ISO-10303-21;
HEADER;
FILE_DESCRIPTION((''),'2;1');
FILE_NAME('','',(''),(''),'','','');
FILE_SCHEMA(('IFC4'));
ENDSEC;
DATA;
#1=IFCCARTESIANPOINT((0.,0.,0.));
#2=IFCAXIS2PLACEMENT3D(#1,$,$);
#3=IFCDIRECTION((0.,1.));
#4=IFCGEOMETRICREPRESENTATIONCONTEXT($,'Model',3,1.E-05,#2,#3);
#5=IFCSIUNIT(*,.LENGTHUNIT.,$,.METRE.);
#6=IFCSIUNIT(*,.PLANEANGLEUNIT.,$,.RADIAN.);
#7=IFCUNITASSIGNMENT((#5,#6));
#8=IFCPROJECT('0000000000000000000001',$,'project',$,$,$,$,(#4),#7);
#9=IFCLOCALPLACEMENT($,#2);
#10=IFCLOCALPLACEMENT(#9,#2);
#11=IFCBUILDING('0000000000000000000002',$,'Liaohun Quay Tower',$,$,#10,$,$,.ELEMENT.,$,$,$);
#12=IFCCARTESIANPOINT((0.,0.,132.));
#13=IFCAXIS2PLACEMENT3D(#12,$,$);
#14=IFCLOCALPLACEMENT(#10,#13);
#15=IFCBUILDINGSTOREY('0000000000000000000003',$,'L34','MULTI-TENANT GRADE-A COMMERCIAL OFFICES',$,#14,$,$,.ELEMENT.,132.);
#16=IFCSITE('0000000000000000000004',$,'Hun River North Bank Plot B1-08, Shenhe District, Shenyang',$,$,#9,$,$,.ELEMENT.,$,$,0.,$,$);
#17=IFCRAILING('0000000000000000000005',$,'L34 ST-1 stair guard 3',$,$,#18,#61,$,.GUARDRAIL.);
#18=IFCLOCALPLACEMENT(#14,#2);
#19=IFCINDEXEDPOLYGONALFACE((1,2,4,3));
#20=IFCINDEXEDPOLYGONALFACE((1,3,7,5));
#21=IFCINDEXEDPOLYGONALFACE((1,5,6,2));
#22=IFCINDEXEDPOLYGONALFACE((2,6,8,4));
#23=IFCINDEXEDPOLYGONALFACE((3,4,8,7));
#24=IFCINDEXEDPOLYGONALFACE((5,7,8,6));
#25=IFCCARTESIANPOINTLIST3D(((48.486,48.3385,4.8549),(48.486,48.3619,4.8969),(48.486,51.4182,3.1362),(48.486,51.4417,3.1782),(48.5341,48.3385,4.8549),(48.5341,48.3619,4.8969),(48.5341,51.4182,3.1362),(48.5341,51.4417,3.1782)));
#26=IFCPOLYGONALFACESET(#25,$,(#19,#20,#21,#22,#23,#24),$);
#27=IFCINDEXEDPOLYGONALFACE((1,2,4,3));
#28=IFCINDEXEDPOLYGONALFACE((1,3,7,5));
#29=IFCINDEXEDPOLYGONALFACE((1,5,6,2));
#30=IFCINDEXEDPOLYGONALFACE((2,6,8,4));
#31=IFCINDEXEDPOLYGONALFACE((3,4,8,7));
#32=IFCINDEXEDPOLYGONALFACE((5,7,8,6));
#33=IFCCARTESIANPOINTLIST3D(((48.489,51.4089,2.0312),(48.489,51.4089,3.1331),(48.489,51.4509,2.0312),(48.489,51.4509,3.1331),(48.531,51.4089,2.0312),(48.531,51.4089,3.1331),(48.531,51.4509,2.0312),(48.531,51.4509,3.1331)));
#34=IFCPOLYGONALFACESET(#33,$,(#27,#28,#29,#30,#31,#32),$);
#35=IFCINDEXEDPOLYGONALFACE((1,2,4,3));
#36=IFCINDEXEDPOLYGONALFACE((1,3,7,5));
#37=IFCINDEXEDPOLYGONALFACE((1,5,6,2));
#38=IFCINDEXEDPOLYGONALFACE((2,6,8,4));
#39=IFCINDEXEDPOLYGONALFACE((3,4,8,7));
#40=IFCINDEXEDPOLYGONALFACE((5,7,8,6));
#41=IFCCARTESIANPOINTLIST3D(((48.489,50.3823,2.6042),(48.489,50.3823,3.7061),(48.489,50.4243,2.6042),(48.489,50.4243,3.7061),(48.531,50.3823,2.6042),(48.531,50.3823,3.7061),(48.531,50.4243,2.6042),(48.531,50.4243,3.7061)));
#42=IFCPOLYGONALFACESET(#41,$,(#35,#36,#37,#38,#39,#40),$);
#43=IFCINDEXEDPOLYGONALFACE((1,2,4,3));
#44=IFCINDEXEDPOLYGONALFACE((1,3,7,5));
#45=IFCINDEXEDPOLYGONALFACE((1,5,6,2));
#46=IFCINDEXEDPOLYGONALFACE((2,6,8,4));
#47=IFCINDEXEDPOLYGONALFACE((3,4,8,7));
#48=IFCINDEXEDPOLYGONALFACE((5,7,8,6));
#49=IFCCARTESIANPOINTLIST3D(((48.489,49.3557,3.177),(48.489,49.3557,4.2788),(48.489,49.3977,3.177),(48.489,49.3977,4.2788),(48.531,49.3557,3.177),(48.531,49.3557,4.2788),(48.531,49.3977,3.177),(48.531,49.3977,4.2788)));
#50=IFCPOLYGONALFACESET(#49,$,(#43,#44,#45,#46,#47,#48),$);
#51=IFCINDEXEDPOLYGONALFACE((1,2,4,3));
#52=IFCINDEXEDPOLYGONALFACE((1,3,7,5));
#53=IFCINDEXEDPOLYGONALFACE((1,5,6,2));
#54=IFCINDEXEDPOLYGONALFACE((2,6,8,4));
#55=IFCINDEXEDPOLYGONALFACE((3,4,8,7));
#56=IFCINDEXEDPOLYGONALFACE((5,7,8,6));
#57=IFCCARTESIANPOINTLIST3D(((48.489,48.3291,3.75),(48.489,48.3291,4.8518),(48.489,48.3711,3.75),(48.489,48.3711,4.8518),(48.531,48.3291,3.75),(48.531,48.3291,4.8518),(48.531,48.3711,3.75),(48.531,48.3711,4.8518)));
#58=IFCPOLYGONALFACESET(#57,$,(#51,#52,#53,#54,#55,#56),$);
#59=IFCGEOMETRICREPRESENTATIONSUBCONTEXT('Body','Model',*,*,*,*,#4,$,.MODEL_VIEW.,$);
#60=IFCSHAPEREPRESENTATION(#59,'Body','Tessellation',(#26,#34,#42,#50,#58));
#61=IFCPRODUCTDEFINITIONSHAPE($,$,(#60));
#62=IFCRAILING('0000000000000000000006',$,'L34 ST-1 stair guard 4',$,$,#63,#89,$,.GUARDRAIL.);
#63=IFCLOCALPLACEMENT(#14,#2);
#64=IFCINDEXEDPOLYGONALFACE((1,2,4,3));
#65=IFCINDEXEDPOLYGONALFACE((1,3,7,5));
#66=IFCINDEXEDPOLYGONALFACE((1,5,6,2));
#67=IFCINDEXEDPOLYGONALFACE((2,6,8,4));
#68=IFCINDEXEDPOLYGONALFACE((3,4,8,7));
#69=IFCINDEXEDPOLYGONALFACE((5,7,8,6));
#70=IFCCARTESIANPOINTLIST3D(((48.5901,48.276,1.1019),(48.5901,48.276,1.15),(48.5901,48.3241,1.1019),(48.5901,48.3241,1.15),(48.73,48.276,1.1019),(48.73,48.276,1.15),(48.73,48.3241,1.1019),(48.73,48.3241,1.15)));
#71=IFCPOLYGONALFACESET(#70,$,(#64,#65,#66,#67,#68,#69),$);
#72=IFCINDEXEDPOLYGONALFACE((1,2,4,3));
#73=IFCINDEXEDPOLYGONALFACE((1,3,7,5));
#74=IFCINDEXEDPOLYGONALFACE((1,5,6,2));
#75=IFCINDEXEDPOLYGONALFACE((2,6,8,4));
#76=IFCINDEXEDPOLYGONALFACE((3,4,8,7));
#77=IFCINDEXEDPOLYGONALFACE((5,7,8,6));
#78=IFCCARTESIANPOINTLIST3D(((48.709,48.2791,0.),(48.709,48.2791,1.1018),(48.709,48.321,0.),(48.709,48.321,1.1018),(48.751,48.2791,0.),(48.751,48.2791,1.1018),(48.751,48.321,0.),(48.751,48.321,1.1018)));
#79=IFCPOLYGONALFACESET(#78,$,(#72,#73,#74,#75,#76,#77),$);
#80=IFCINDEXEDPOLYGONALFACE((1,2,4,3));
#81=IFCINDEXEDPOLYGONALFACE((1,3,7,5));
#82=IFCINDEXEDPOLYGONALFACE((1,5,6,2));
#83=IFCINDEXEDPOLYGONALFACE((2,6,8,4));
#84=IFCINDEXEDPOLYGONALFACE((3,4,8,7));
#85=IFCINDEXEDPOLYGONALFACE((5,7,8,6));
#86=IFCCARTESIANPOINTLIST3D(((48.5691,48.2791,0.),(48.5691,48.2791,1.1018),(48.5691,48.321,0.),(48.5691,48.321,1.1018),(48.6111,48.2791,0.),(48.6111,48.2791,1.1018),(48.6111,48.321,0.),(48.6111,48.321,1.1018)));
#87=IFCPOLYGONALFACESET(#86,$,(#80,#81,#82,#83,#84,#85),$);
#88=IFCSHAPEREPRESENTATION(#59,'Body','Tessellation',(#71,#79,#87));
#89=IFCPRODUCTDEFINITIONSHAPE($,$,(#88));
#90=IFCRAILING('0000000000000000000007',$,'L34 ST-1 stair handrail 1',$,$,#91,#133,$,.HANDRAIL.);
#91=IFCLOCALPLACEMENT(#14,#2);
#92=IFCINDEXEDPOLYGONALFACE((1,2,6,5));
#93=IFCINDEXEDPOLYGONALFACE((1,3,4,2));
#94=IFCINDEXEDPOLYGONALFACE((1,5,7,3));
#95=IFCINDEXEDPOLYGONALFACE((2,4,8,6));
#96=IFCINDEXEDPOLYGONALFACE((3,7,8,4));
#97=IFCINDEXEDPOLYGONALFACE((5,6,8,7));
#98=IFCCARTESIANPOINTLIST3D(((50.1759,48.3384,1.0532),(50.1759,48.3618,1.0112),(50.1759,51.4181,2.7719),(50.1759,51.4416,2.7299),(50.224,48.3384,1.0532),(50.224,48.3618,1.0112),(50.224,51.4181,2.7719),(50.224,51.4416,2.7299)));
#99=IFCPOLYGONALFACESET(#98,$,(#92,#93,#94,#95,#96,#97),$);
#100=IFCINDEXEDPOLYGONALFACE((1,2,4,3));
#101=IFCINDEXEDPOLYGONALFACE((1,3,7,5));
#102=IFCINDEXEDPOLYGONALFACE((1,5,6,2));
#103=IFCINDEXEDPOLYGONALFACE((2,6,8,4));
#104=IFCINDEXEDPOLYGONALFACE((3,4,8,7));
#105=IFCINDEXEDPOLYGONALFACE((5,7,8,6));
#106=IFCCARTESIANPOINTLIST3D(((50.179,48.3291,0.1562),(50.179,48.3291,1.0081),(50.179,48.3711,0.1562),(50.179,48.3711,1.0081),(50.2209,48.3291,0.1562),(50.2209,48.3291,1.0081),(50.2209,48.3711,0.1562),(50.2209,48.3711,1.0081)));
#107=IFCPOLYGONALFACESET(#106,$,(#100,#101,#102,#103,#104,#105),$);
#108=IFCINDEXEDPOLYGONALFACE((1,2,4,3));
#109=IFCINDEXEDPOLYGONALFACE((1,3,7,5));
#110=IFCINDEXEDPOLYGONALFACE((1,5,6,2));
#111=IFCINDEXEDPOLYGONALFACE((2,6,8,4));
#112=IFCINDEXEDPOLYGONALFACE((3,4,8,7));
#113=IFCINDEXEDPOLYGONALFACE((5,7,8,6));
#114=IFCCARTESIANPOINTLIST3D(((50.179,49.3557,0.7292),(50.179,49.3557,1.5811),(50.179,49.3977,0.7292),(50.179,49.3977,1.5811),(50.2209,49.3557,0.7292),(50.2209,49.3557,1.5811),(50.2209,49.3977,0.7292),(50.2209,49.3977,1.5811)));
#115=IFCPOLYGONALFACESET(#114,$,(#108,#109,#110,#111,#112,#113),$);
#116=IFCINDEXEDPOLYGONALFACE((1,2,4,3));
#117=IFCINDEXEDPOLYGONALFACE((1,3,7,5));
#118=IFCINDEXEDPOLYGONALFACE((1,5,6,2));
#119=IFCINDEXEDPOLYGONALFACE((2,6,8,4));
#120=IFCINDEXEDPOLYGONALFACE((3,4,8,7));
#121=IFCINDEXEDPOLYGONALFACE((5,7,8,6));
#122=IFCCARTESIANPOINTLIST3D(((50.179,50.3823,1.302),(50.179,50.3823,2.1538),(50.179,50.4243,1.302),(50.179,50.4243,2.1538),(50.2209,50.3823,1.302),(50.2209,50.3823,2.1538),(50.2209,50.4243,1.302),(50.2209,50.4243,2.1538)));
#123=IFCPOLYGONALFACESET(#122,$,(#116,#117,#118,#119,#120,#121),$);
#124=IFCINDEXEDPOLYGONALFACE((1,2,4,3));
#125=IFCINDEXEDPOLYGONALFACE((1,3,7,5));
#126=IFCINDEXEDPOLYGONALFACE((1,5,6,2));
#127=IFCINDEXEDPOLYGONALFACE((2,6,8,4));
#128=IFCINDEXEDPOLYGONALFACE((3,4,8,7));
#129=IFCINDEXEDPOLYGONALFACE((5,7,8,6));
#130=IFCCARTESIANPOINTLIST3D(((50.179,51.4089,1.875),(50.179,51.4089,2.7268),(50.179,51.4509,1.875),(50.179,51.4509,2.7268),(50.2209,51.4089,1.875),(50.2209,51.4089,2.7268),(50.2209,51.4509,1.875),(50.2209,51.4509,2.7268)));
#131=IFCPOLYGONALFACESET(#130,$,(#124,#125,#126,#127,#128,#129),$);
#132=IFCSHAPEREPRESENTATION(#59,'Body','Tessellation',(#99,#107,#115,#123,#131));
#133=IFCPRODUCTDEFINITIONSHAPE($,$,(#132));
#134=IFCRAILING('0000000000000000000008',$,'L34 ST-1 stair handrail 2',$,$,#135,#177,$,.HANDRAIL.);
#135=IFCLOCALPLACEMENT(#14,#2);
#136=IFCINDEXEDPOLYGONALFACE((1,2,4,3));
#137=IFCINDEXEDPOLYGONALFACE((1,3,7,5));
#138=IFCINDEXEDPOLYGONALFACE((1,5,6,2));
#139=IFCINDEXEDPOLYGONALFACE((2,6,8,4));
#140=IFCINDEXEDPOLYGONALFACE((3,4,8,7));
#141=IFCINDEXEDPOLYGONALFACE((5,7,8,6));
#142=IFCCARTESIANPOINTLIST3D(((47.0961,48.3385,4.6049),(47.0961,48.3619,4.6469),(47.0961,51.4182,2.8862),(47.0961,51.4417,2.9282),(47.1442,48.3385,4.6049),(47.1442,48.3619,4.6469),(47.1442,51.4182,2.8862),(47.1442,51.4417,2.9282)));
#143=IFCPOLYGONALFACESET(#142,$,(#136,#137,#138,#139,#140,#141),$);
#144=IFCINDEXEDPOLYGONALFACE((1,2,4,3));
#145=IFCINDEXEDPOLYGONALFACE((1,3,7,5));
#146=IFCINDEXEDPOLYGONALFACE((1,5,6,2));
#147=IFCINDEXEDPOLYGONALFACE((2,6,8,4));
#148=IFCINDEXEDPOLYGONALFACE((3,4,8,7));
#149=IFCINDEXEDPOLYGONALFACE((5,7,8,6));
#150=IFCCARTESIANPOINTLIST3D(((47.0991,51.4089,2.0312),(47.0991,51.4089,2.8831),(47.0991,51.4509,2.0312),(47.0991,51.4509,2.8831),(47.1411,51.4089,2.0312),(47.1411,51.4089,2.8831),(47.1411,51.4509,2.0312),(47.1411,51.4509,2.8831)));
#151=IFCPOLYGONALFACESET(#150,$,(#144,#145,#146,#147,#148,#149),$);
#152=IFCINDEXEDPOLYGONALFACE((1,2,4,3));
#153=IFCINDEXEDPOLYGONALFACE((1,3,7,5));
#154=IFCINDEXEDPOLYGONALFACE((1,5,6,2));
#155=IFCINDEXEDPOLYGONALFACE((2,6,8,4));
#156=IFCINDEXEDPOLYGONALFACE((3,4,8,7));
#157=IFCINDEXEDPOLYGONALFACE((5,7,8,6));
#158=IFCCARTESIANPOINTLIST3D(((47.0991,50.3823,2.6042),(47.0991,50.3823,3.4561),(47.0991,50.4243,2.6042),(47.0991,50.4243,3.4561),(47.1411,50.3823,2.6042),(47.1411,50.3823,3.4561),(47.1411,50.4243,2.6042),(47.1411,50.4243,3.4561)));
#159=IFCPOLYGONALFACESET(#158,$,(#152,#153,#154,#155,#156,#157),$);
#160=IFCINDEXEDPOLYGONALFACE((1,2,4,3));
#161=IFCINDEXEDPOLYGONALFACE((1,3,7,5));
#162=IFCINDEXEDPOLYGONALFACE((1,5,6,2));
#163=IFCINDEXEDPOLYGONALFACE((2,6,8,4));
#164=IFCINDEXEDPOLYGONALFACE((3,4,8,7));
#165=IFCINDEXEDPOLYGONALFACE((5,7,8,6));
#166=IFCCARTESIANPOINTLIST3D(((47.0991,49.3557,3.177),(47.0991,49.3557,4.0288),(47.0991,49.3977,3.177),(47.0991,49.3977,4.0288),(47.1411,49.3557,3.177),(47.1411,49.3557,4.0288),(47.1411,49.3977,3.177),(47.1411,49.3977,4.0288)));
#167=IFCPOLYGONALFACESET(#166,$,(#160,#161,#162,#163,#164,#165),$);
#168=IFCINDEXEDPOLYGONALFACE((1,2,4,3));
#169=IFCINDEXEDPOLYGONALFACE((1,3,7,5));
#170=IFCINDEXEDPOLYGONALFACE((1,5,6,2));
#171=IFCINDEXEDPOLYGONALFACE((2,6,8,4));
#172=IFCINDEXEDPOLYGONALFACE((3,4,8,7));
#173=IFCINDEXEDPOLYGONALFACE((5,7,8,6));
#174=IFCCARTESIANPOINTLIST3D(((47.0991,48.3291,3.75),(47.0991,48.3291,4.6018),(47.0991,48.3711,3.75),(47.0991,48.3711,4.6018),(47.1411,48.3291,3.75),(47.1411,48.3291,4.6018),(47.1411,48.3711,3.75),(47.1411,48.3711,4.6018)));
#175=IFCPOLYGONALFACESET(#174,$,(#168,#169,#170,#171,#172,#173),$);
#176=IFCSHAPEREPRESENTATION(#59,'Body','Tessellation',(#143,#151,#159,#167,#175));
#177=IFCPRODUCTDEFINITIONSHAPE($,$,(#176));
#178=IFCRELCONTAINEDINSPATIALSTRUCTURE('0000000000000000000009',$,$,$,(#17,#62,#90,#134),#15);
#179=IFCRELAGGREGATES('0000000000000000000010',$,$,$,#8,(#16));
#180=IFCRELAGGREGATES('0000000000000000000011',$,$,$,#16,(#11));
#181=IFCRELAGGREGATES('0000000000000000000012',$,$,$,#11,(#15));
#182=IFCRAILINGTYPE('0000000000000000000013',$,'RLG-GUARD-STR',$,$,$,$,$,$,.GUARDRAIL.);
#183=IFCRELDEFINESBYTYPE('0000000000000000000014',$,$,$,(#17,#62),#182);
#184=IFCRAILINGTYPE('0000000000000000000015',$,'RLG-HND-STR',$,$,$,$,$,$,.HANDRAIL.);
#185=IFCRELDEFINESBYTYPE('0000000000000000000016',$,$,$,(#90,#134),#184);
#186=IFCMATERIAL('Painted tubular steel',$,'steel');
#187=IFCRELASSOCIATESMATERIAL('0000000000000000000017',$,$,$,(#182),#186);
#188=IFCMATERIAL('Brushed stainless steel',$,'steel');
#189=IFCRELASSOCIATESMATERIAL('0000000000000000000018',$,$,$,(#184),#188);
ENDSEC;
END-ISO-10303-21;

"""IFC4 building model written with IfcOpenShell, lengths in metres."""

from ifc_helpers import new_model, si_unit, direction, frame, origin, origin_2d, place, context, subcontext, project, spatial, rectangle, extrude, material, type_object, element, save


model = new_model("IFC4")

# Units and contexts
model_context = context("Model", 3, precision=1e-05, world=origin(), true_north=direction((0.0, 1.0)))
body_context = subcontext(model_context, "Body", "Model", "MODEL_VIEW")
ifc_project = project(units=[si_unit("LENGTHUNIT", "METRE"), si_unit("PLANEANGLEUNIT", "RADIAN")], contexts=[model_context])

# Site, building, storey
site_placement = place(None, origin())
site = spatial("IfcSite", under=ifc_project, at=site_placement, Name="Hun River North Bank Plot B1-08, Shenhe District, Shenyang", CompositionType="ELEMENT", RefElevation=0.0)
building_placement = place(site_placement, origin())
building = spatial("IfcBuilding", under=site, at=building_placement, Name="Liaohun Quay Tower", CompositionType="ELEMENT")
storey_placement = place(building_placement, frame((0.0, 0.0, 132.0)))
storey = spatial("IfcBuildingStorey", under=building, at=storey_placement, Name="L34", Description="MULTI-TENANT GRADE-A COMMERCIAL OFFICES", CompositionType="ELEMENT", Elevation=132.0)

# Railings
ifc_material_1 = material(Name="Painted tubular steel", Category="steel")
railing_type_1 = type_object("IfcRailingType", Name="RLG-GUARD-STR", PredefinedType="GUARDRAIL", material=ifc_material_1)
railing_1_placement = place(storey_placement, frame((48.51, 51.4299, 2.0312)))
element("IfcRailing", 1, at=railing_1_placement, inside=storey, type_object=railing_type_1, Name="L34 ST-1 stair guard 3", PredefinedType="GUARDRAIL", context=body_context, shape_type="SweptSolid", body=[
    extrude(rectangle(XDim=0.0481, YDim=0.0481, at=origin_2d()), frame((0.0, 0.0, 1.126), z_axis=(0.0, -0.873225, 0.487317), x_axis=(1.0, 0.0, 0.0)), (0.0, 0.0, 1.0), 3.5269),
    extrude(rectangle(XDim=0.042, YDim=0.042, at=origin_2d()), origin(), (0.0, 0.0, 1.0), 1.1018),
    extrude(rectangle(XDim=0.042, YDim=0.042, at=origin_2d()), frame((0.0, -1.0266, 0.573)), (0.0, 0.0, 1.0), 1.1018),
    extrude(rectangle(XDim=0.042, YDim=0.042, at=origin_2d()), frame((0.0, -2.0532, 1.1458)), (0.0, 0.0, 1.0), 1.1018),
    extrude(rectangle(XDim=0.042, YDim=0.042, at=origin_2d()), frame((0.0, -3.0798, 1.7188)), (0.0, 0.0, 1.0), 1.1018),
])
railing_2_placement = place(storey_placement, frame((48.73, 48.3, 0.0)))
element("IfcRailing", 2, at=railing_2_placement, inside=storey, type_object=railing_type_1, Name="L34 ST-1 stair guard 4", PredefinedType="GUARDRAIL", context=body_context, shape_type="SweptSolid", body=[
    extrude(rectangle(XDim=0.0481, YDim=0.0481, at=origin_2d()), frame((0.0, 0.0, 1.126), z_axis=(-1.0, 0.0, 0.0), x_axis=(0.0, -1.0, 0.0)), (0.0, 0.0, 1.0), 0.1399),
    extrude(rectangle(XDim=0.042, YDim=0.042, at=origin_2d()), origin(), (0.0, 0.0, 1.0), 1.1018),
    extrude(rectangle(XDim=0.042, YDim=0.042, at=origin_2d()), frame((-0.1399, 0.0, 0.0)), (0.0, 0.0, 1.0), 1.1018),
])
ifc_material_2 = material(Name="Brushed stainless steel", Category="steel")
railing_type_2 = type_object("IfcRailingType", Name="RLG-HND-STR", PredefinedType="HANDRAIL", material=ifc_material_2)
railing_3_placement = place(storey_placement, frame((50.2, 48.3501, 0.1562)))
element("IfcRailing", 3, at=railing_3_placement, inside=storey, type_object=railing_type_2, Name="L34 ST-1 stair handrail 1", PredefinedType="HANDRAIL", context=body_context, shape_type="SweptSolid", body=[
    extrude(rectangle(XDim=0.0481, YDim=0.0481, at=origin_2d()), frame((0.0, 0.0, 0.876), z_axis=(0.0, 0.873225, 0.487317), x_axis=(-1.0, 0.0, 0.0)), (0.0, 0.0, 1.0), 3.5269),
    extrude(rectangle(XDim=0.042, YDim=0.042, at=origin_2d()), origin(), (0.0, 0.0, 1.0), 0.8518),
    extrude(rectangle(XDim=0.042, YDim=0.042, at=origin_2d()), frame((0.0, 1.0266, 0.573)), (0.0, 0.0, 1.0), 0.8518),
    extrude(rectangle(XDim=0.042, YDim=0.042, at=origin_2d()), frame((0.0, 2.0532, 1.1458)), (0.0, 0.0, 1.0), 0.8518),
    extrude(rectangle(XDim=0.042, YDim=0.042, at=origin_2d()), frame((0.0, 3.0798, 1.7188)), (0.0, 0.0, 1.0), 0.8518),
])
railing_4_placement = place(storey_placement, frame((47.1201, 51.4299, 2.0312)))
element("IfcRailing", 4, at=railing_4_placement, inside=storey, type_object=railing_type_2, Name="L34 ST-1 stair handrail 2", PredefinedType="HANDRAIL", context=body_context, shape_type="SweptSolid", body=[
    extrude(rectangle(XDim=0.0481, YDim=0.0481, at=origin_2d()), frame((0.0, 0.0, 0.876), z_axis=(0.0, -0.873225, 0.487317), x_axis=(1.0, 0.0, 0.0)), (0.0, 0.0, 1.0), 3.5269),
    extrude(rectangle(XDim=0.042, YDim=0.042, at=origin_2d()), origin(), (0.0, 0.0, 1.0), 0.8518),
    extrude(rectangle(XDim=0.042, YDim=0.042, at=origin_2d()), frame((0.0, -1.0266, 0.573)), (0.0, 0.0, 1.0), 0.8518),
    extrude(rectangle(XDim=0.042, YDim=0.042, at=origin_2d()), frame((0.0, -2.0532, 1.1458)), (0.0, 0.0, 1.0), 0.8518),
    extrude(rectangle(XDim=0.042, YDim=0.042, at=origin_2d()), frame((0.0, -3.0798, 1.7188)), (0.0, 0.0, 1.0), 0.8518),
])

save(model, "model.ifc")
